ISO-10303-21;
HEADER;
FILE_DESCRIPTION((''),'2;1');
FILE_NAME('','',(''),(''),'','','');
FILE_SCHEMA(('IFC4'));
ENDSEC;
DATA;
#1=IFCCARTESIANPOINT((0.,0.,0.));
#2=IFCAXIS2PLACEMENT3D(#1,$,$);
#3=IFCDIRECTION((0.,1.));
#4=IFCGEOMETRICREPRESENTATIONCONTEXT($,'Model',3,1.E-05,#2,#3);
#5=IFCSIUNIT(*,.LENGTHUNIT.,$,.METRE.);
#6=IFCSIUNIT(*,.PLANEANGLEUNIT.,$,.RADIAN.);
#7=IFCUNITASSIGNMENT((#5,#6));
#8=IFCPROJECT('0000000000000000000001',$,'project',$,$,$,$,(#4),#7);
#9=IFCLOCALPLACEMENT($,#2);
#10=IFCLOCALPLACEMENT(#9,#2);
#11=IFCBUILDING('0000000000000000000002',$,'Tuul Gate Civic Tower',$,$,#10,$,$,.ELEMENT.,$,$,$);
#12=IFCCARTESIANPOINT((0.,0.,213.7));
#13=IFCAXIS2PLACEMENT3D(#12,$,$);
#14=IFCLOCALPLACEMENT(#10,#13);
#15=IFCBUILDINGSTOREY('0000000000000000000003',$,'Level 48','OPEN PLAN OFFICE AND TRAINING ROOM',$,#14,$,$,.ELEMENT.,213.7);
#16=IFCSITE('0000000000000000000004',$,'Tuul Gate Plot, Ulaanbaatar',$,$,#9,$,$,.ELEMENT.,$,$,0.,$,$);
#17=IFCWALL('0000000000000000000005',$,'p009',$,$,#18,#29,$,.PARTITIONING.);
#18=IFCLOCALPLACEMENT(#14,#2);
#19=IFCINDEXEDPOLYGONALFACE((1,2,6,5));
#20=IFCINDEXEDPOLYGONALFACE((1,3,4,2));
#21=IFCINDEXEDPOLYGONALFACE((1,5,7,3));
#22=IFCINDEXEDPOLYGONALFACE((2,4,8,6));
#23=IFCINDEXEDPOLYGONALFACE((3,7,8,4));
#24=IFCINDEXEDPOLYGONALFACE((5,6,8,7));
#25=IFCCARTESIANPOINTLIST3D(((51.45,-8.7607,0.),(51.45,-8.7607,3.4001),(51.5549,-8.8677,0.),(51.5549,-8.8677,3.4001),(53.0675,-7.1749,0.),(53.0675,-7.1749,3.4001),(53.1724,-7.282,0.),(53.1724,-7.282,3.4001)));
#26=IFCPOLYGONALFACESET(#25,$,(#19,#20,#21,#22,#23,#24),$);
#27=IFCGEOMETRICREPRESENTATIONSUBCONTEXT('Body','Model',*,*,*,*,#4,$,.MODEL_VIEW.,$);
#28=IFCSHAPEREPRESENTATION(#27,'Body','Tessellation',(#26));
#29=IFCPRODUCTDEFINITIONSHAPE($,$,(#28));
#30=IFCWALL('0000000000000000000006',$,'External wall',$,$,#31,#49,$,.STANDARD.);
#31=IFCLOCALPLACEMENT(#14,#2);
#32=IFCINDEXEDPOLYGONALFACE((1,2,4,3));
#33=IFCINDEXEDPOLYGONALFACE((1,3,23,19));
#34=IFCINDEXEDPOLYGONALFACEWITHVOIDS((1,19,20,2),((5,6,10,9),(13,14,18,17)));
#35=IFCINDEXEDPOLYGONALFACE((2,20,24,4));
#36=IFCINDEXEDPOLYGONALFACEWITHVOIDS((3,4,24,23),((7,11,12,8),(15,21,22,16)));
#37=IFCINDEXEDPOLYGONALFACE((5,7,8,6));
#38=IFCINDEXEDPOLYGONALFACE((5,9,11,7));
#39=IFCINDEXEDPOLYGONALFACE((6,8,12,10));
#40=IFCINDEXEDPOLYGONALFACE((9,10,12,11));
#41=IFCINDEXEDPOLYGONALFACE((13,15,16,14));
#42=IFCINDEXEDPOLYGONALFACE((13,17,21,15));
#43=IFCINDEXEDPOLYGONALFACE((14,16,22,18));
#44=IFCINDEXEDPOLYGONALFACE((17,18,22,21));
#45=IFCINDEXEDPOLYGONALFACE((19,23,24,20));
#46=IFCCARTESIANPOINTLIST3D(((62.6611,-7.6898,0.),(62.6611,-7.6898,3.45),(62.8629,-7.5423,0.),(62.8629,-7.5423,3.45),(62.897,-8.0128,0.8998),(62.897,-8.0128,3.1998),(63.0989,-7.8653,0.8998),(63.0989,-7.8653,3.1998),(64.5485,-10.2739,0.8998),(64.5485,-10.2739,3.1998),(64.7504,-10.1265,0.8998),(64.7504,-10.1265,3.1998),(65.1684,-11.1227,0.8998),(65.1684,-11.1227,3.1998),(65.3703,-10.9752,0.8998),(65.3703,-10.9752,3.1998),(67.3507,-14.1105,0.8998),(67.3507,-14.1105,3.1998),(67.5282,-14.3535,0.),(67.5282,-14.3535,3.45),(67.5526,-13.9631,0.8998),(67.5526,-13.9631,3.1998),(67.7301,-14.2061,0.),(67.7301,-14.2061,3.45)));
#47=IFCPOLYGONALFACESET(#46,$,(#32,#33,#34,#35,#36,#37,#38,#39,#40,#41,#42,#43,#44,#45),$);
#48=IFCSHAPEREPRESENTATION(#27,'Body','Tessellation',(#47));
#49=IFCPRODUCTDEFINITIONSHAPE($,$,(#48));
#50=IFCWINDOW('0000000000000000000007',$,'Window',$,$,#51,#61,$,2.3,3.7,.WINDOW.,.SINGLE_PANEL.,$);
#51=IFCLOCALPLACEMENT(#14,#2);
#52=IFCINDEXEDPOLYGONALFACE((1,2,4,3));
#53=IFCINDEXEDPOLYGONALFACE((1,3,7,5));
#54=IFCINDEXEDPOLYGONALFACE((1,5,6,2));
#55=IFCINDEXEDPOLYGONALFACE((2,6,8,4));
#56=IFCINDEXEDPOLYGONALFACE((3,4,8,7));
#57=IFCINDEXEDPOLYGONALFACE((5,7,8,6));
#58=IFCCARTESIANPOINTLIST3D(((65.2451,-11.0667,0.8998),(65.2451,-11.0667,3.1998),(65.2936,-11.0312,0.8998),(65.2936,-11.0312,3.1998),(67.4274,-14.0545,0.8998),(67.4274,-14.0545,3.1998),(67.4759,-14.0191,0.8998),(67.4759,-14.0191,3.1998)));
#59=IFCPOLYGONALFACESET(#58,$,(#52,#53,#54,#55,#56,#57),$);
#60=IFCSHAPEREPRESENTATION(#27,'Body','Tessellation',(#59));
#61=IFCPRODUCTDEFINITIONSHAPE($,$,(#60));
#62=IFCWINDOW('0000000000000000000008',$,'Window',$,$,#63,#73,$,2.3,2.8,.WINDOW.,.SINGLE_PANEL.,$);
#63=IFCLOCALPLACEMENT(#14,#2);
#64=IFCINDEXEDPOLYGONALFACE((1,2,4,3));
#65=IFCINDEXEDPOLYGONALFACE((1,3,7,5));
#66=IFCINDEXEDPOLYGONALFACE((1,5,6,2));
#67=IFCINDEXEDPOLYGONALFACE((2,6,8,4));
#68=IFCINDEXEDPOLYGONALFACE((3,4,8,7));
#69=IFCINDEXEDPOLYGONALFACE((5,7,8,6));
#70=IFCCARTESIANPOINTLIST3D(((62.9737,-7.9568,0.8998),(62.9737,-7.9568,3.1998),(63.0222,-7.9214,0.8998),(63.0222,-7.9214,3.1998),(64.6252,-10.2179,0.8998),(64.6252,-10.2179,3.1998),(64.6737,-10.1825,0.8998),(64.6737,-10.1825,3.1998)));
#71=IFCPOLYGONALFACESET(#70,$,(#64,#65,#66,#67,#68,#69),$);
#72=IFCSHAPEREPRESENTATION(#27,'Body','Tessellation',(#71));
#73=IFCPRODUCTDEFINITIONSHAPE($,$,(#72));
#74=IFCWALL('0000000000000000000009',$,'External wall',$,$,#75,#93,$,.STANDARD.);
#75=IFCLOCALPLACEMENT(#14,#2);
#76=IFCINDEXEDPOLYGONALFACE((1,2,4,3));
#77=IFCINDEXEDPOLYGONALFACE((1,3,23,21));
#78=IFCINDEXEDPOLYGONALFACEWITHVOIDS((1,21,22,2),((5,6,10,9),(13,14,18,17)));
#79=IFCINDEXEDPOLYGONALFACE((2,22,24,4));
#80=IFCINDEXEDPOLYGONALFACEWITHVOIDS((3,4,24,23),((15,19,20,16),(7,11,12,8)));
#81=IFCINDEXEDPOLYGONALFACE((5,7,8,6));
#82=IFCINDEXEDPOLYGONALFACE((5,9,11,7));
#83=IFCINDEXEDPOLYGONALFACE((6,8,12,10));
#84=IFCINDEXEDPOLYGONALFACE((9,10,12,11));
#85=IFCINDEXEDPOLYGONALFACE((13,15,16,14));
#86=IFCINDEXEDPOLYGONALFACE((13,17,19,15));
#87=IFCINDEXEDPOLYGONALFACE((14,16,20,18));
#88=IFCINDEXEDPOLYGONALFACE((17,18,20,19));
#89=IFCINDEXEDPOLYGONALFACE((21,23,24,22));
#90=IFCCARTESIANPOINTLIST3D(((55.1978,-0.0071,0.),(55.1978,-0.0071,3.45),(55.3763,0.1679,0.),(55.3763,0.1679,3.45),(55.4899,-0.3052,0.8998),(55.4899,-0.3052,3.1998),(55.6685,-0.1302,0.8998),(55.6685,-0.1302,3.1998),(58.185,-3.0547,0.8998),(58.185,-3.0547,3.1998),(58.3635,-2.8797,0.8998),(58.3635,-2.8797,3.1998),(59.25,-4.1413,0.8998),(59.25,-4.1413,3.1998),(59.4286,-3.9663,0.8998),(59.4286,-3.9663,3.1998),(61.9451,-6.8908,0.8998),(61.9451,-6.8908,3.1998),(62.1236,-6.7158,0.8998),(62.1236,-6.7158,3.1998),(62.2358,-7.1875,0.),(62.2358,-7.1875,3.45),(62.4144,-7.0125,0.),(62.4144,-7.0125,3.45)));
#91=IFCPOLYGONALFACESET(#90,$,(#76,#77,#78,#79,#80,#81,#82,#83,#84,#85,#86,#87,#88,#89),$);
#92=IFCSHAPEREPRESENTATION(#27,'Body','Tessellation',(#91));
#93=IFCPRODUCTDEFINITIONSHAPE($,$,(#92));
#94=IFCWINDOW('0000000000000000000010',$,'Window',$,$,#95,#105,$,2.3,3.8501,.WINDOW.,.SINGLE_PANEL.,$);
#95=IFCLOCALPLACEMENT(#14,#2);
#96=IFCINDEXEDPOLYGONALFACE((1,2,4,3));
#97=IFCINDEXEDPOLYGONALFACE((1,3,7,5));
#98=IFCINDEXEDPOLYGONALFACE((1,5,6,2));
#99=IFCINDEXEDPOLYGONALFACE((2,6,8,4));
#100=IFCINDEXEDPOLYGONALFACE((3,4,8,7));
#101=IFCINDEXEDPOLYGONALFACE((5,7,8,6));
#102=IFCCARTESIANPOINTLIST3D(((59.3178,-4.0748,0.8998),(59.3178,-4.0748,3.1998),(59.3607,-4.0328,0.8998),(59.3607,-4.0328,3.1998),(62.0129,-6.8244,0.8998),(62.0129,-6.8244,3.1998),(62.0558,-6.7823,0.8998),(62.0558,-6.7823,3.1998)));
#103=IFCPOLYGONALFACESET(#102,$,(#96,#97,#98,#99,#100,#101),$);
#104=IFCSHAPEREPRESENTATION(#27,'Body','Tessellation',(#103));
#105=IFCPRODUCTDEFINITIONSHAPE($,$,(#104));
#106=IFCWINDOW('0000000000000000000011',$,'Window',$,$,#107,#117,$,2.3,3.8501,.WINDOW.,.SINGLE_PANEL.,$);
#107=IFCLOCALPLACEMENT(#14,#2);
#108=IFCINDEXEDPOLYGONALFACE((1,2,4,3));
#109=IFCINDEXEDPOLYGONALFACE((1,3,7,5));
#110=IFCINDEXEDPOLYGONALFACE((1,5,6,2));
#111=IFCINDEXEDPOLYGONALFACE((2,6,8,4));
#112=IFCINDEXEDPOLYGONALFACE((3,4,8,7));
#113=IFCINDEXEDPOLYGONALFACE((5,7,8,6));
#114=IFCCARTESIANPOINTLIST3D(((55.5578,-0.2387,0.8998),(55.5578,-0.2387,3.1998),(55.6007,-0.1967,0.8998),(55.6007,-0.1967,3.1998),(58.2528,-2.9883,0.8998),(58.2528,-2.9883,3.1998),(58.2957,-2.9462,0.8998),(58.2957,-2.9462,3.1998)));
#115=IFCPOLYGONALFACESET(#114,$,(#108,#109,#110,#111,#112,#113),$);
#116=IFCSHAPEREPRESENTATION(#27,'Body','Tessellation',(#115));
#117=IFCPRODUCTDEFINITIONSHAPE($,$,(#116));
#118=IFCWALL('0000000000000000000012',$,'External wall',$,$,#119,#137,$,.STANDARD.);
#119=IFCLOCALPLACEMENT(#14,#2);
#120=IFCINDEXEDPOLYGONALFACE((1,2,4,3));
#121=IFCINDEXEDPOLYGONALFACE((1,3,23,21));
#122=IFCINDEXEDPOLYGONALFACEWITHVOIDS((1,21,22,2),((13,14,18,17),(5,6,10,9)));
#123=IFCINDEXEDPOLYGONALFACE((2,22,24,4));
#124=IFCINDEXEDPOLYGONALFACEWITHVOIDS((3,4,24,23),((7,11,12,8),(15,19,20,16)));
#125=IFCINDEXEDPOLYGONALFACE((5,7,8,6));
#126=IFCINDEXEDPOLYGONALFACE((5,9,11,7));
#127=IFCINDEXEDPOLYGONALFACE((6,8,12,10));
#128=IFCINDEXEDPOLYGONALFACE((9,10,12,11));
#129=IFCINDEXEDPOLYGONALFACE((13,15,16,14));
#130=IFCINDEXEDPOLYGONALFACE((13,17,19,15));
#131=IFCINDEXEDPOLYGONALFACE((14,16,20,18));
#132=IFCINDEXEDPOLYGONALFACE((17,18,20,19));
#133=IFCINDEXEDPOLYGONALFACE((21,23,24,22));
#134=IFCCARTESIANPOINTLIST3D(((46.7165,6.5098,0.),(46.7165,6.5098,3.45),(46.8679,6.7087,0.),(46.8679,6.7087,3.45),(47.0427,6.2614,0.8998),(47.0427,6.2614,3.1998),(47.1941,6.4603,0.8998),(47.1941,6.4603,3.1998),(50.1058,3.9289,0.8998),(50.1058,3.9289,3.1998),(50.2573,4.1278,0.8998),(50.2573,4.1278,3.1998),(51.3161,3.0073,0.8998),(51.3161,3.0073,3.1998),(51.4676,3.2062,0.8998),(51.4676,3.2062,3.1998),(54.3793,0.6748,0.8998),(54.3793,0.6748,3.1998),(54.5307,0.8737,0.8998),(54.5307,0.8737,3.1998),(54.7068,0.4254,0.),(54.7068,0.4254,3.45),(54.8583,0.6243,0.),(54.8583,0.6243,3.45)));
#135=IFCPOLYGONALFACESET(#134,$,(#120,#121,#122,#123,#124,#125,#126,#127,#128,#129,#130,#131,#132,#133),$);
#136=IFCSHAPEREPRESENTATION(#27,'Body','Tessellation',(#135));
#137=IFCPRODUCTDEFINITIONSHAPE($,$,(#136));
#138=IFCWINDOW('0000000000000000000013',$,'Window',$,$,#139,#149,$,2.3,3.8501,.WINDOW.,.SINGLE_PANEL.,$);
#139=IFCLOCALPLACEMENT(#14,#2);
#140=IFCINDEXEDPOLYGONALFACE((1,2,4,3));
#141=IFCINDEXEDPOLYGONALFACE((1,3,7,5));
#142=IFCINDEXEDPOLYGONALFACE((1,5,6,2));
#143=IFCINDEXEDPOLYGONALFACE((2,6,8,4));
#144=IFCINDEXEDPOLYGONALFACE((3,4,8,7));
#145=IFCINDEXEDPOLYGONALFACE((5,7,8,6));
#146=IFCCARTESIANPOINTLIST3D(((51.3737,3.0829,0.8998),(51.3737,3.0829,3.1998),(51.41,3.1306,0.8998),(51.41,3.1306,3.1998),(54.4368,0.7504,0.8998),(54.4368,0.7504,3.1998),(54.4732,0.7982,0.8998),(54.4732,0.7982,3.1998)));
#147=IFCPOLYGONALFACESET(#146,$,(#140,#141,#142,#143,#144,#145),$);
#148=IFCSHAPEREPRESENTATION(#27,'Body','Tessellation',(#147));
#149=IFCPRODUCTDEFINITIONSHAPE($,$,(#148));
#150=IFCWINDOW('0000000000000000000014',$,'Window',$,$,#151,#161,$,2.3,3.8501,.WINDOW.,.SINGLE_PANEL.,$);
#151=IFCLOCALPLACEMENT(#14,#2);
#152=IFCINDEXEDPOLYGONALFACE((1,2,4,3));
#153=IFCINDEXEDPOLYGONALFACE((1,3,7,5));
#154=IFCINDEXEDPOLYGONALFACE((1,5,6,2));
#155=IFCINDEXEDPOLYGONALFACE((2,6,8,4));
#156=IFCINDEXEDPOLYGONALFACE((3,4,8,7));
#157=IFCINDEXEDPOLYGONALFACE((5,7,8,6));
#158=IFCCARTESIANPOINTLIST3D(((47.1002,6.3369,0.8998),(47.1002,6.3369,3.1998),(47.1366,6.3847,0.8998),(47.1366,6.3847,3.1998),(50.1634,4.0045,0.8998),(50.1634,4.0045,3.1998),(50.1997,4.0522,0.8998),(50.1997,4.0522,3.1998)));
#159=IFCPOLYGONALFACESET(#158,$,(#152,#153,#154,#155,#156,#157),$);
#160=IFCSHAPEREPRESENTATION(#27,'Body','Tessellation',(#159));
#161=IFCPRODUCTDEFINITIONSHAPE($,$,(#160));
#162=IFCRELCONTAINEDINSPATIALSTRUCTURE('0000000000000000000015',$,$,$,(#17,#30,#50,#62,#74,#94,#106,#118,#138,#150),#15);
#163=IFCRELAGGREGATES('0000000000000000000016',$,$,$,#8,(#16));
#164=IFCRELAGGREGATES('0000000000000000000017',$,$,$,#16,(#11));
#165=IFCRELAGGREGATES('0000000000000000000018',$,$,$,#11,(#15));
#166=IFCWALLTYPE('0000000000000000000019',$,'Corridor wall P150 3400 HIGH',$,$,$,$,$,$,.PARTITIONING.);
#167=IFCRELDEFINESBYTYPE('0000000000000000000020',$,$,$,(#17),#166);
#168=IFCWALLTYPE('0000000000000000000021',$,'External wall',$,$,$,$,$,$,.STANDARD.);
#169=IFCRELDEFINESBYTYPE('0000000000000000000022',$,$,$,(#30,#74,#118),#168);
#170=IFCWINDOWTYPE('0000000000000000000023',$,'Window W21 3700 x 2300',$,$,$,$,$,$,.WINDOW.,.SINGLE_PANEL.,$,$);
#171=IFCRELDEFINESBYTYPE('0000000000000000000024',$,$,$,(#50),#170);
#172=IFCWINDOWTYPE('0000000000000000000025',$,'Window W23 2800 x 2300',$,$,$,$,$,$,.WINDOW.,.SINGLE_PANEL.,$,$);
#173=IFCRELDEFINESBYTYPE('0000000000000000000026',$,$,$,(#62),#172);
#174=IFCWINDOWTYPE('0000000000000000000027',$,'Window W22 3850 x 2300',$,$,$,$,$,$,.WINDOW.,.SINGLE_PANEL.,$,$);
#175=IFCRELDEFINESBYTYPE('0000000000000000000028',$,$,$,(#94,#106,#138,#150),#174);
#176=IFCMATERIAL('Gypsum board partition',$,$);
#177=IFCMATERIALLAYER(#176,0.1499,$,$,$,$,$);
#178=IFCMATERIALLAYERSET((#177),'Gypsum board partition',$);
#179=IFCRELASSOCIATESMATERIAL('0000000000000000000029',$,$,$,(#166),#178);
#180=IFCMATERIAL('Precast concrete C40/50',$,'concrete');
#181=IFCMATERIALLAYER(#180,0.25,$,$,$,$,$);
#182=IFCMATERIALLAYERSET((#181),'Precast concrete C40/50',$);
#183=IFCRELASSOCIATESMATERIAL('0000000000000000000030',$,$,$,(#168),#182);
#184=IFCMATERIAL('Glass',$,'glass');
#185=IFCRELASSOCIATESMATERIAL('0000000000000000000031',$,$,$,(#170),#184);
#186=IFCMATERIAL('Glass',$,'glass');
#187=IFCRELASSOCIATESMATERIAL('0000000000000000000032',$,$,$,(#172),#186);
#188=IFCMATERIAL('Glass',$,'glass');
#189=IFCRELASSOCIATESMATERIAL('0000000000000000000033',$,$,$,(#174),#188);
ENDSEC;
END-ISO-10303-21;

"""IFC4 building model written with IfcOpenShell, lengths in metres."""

from ifc_helpers import new_model, si_unit, direction, frame, frame_2d, origin, place, context, subcontext, project, spatial, rectangle, extrude, material, layer, layer_set, type_object, element, fill, save


model = new_model("IFC4")

# Units and contexts
model_context = context("Model", 3, precision=1e-05, world=origin(), true_north=direction((0.0, 1.0)))
body_context = subcontext(model_context, "Body", "Model", "MODEL_VIEW")
ifc_project = project(units=[si_unit("LENGTHUNIT", "METRE"), si_unit("PLANEANGLEUNIT", "RADIAN")], contexts=[model_context])

# Site, building, storey
site_placement = place(None, origin())
site = spatial("IfcSite", under=ifc_project, at=site_placement, Name="Tuul Gate Plot, Ulaanbaatar", CompositionType="ELEMENT", RefElevation=0.0)
building_placement = place(site_placement, origin())
building = spatial("IfcBuilding", under=site, at=building_placement, Name="Tuul Gate Civic Tower", CompositionType="ELEMENT")
storey_placement = place(building_placement, frame((0.0, 0.0, 213.7)))
storey = spatial("IfcBuildingStorey", under=building, at=storey_placement, Name="Level 48", Description="OPEN PLAN OFFICE AND TRAINING ROOM", CompositionType="ELEMENT", Elevation=213.7)

# Wall
ifc_material_1 = material(Name="Gypsum board partition")
ifc_layer_1 = layer(ifc_material_1, 0.1499)
ifc_layer_set_1 = layer_set([ifc_layer_1], Name="Gypsum board partition")
wall_type_1 = type_object("IfcWallType", Name="Corridor wall P150 3400 HIGH", PredefinedType="PARTITIONING", material=ifc_layer_set_1)
wall_1_placement = place(storey_placement, frame((51.5024, -8.8142, 0.0), z_axis=(0.0, 0.0, 1.0), x_axis=(0.714078, 0.700066, 0.0)))
element("IfcWall", 1, at=wall_1_placement, inside=storey, type_object=wall_type_1, Name="p009", PredefinedType="PARTITIONING", context=body_context, shape_type="SweptSolid", body=[
    extrude(rectangle(XDim=2.2651, YDim=0.1499, at=frame_2d((1.1326, 0.0))), origin(), (0.0, 0.0, 1.0), 3.4001),
])

# Walls, openings, windows
ifc_material_2 = material(Name="Precast concrete C40/50", Category="concrete")
ifc_layer_2 = layer(ifc_material_2, 0.25)
ifc_layer_set_2 = layer_set([ifc_layer_2], Name="Precast concrete C40/50")
wall_type_2 = type_object("IfcWallType", Name="External wall", PredefinedType="STANDARD", material=ifc_layer_set_2)
wall_2_placement = place(storey_placement, frame((67.6292, -14.2798, 0.0), z_axis=(0.0, 0.0, 1.0), x_axis=(-0.589817, 0.807537, 0.0)))
wall_2 = element("IfcWall", 2, at=wall_2_placement, inside=storey, type_object=wall_type_2, Name="External wall", PredefinedType="STANDARD", context=body_context, shape_type="SweptSolid", body=[
    extrude(rectangle(XDim=8.252, YDim=0.25, at=frame_2d((4.126, 0.0))), origin(), (0.0, 0.0, 1.0), 3.45),
])
opening_1_placement = place(wall_2_placement, frame((0.3008, 0.0, 0.8999)))
opening_1 = element("IfcOpeningElement", 3, at=opening_1_placement, cuts=wall_2, PredefinedType="OPENING", context=body_context, shape_type="SweptSolid", body=[
    extrude(rectangle(XDim=3.7, YDim=2.3, at=frame_2d((1.8501, 1.1499))), frame((0.0, 0.135, 0.0), z_axis=(0.0, -1.0, 0.0), x_axis=(1.0, 0.0, 0.0)), (0.0, 0.0, 1.0), 0.27),
])
opening_2_placement = place(wall_2_placement, frame((5.052, 0.0, 0.8999)))
opening_2 = element("IfcOpeningElement", 4, at=opening_2_placement, cuts=wall_2, PredefinedType="OPENING", context=body_context, shape_type="SweptSolid", body=[
    extrude(rectangle(XDim=2.8, YDim=2.3, at=frame_2d((1.3999, 1.1499))), frame((0.0, 0.135, 0.0), z_axis=(0.0, -1.0, 0.0), x_axis=(1.0, 0.0, 0.0)), (0.0, 0.0, 1.0), 0.27),
])
ifc_material_3 = material(Name="Glass", Category="glass")
window_type_1 = type_object("IfcWindowType", Name="Window W21 3700 x 2300", PartitioningType="SINGLE_PANEL", PredefinedType="WINDOW", material=ifc_material_3)
window_1_placement = place(opening_1_placement, origin())
window_1 = element("IfcWindow", 5, at=window_1_placement, inside=storey, type_object=window_type_1, Name="Window", OverallHeight=2.3, OverallWidth=3.7, PartitioningType="SINGLE_PANEL", PredefinedType="WINDOW", context=body_context, shape_type="SweptSolid", body=[
    extrude(rectangle(XDim=3.7, YDim=2.3, at=frame_2d((1.8501, 1.1499))), frame((0.0, 0.03, 0.0), z_axis=(0.0, -1.0, 0.0), x_axis=(1.0, 0.0, 0.0)), (0.0, 0.0, 1.0), 0.0601),
])
fill(opening_1, window_1)
ifc_material_4 = material(Name="Glass", Category="glass")
window_type_2 = type_object("IfcWindowType", Name="Window W23 2800 x 2300", PartitioningType="SINGLE_PANEL", PredefinedType="WINDOW", material=ifc_material_4)
window_2_placement = place(opening_2_placement, origin())
window_2 = element("IfcWindow", 6, at=window_2_placement, inside=storey, type_object=window_type_2, Name="Window", OverallHeight=2.3, OverallWidth=2.8, PartitioningType="SINGLE_PANEL", PredefinedType="WINDOW", context=body_context, shape_type="SweptSolid", body=[
    extrude(rectangle(XDim=2.8, YDim=2.3, at=frame_2d((1.3999, 1.1499))), frame((0.0, 0.03, 0.0), z_axis=(0.0, -1.0, 0.0), x_axis=(1.0, 0.0, 0.0)), (0.0, 0.0, 1.0), 0.0601),
])
fill(opening_2, window_2)
wall_3_placement = place(storey_placement, frame((62.3252, -7.1001, 0.0), z_axis=(0.0, 0.0, 1.0), x_axis=(-0.699993, 0.714149, 0.0)))
wall_3 = element("IfcWall", 7, at=wall_3_placement, inside=storey, type_object=wall_type_2, Name="External wall", PredefinedType="STANDARD", context=body_context, shape_type="SweptSolid", body=[
    extrude(rectangle(XDim=10.0544, YDim=0.25, at=frame_2d((5.0273, 0.0))), origin(), (0.0, 0.0, 1.0), 3.45),
])
opening_3_placement = place(wall_3_placement, frame((0.4155, 0.0, 0.8999)))
opening_3 = element("IfcOpeningElement", 8, at=opening_3_placement, cuts=wall_3, PredefinedType="OPENING", context=body_context, shape_type="SweptSolid", body=[
    extrude(rectangle(XDim=3.8501, YDim=2.3, at=frame_2d((1.925, 1.1499))), frame((0.0, 0.135, 0.0), z_axis=(0.0, -1.0, 0.0), x_axis=(1.0, 0.0, 0.0)), (0.0, 0.0, 1.0), 0.27),
])
opening_4_placement = place(wall_3_placement, frame((5.7871, 0.0, 0.8999)))
opening_4 = element("IfcOpeningElement", 9, at=opening_4_placement, cuts=wall_3, PredefinedType="OPENING", context=body_context, shape_type="SweptSolid", body=[
    extrude(rectangle(XDim=3.8501, YDim=2.3, at=frame_2d((1.925, 1.1499))), frame((0.0, 0.135, 0.0), z_axis=(0.0, -1.0, 0.0), x_axis=(1.0, 0.0, 0.0)), (0.0, 0.0, 1.0), 0.27),
])
ifc_material_5 = material(Name="Glass", Category="glass")
window_type_3 = type_object("IfcWindowType", Name="Window W22 3850 x 2300", PartitioningType="SINGLE_PANEL", PredefinedType="WINDOW", material=ifc_material_5)
window_3_placement = place(opening_3_placement, origin())
window_3 = element("IfcWindow", 10, at=window_3_placement, inside=storey, type_object=window_type_3, Name="Window", OverallHeight=2.3, OverallWidth=3.8501, PartitioningType="SINGLE_PANEL", PredefinedType="WINDOW", context=body_context, shape_type="SweptSolid", body=[
    extrude(rectangle(XDim=3.8501, YDim=2.3, at=frame_2d((1.925, 1.1499))), frame((0.0, 0.03, 0.0), z_axis=(0.0, -1.0, 0.0), x_axis=(1.0, 0.0, 0.0)), (0.0, 0.0, 1.0), 0.0601),
])
fill(opening_3, window_3)
window_4_placement = place(opening_4_placement, origin())
window_4 = element("IfcWindow", 11, at=window_4_placement, inside=storey, type_object=window_type_3, Name="Window", OverallHeight=2.3, OverallWidth=3.8501, PartitioningType="SINGLE_PANEL", PredefinedType="WINDOW", context=body_context, shape_type="SweptSolid", body=[
    extrude(rectangle(XDim=3.8501, YDim=2.3, at=frame_2d((1.925, 1.1499))), frame((0.0, 0.03, 0.0), z_axis=(0.0, -1.0, 0.0), x_axis=(1.0, 0.0, 0.0)), (0.0, 0.0, 1.0), 0.0601),
])
fill(opening_4, window_4)
wall_4_placement = place(storey_placement, frame((54.7825, 0.5249, 0.0), z_axis=(0.0, 0.0, 1.0), x_axis=(-0.7956, 0.605822, 0.0)))
wall_4 = element("IfcWall", 12, at=wall_4_placement, inside=storey, type_object=wall_type_2, Name="External wall", PredefinedType="STANDARD", context=body_context, shape_type="SweptSolid", body=[
    extrude(rectangle(XDim=10.0432, YDim=0.25, at=frame_2d((5.0215, 0.0))), origin(), (0.0, 0.0, 1.0), 3.45),
])
opening_5_placement = place(wall_4_placement, frame((0.4116, 0.0, 0.8999)))
opening_5 = element("IfcOpeningElement", 13, at=opening_5_placement, cuts=wall_4, PredefinedType="OPENING", context=body_context, shape_type="SweptSolid", body=[
    extrude(rectangle(XDim=3.8501, YDim=2.3, at=frame_2d((1.925, 1.1499))), frame((0.0, 0.135, 0.0), z_axis=(0.0, -1.0, 0.0), x_axis=(1.0, 0.0, 0.0)), (0.0, 0.0, 1.0), 0.27),
])
opening_6_placement = place(wall_4_placement, frame((5.783, 0.0, 0.8999)))
opening_6 = element("IfcOpeningElement", 14, at=opening_6_placement, cuts=wall_4, PredefinedType="OPENING", context=body_context, shape_type="SweptSolid", body=[
    extrude(rectangle(XDim=3.8501, YDim=2.3, at=frame_2d((1.925, 1.1499))), frame((0.0, 0.135, 0.0), z_axis=(0.0, -1.0, 0.0), x_axis=(1.0, 0.0, 0.0)), (0.0, 0.0, 1.0), 0.27),
])
window_5_placement = place(opening_5_placement, origin())
window_5 = element("IfcWindow", 15, at=window_5_placement, inside=storey, type_object=window_type_3, Name="Window", OverallHeight=2.3, OverallWidth=3.8501, PartitioningType="SINGLE_PANEL", PredefinedType="WINDOW", context=body_context, shape_type="SweptSolid", body=[
    extrude(rectangle(XDim=3.8501, YDim=2.3, at=frame_2d((1.925, 1.1499))), frame((0.0, 0.03, 0.0), z_axis=(0.0, -1.0, 0.0), x_axis=(1.0, 0.0, 0.0)), (0.0, 0.0, 1.0), 0.0601),
])
fill(opening_5, window_5)
window_6_placement = place(opening_6_placement, origin())
window_6 = element("IfcWindow", 16, at=window_6_placement, inside=storey, type_object=window_type_3, Name="Window", OverallHeight=2.3, OverallWidth=3.8501, PartitioningType="SINGLE_PANEL", PredefinedType="WINDOW", context=body_context, shape_type="SweptSolid", body=[
    extrude(rectangle(XDim=3.8501, YDim=2.3, at=frame_2d((1.925, 1.1499))), frame((0.0, 0.03, 0.0), z_axis=(0.0, -1.0, 0.0), x_axis=(1.0, 0.0, 0.0)), (0.0, 0.0, 1.0), 0.0601),
])
fill(opening_6, window_6)

save(model, "model.ifc")
